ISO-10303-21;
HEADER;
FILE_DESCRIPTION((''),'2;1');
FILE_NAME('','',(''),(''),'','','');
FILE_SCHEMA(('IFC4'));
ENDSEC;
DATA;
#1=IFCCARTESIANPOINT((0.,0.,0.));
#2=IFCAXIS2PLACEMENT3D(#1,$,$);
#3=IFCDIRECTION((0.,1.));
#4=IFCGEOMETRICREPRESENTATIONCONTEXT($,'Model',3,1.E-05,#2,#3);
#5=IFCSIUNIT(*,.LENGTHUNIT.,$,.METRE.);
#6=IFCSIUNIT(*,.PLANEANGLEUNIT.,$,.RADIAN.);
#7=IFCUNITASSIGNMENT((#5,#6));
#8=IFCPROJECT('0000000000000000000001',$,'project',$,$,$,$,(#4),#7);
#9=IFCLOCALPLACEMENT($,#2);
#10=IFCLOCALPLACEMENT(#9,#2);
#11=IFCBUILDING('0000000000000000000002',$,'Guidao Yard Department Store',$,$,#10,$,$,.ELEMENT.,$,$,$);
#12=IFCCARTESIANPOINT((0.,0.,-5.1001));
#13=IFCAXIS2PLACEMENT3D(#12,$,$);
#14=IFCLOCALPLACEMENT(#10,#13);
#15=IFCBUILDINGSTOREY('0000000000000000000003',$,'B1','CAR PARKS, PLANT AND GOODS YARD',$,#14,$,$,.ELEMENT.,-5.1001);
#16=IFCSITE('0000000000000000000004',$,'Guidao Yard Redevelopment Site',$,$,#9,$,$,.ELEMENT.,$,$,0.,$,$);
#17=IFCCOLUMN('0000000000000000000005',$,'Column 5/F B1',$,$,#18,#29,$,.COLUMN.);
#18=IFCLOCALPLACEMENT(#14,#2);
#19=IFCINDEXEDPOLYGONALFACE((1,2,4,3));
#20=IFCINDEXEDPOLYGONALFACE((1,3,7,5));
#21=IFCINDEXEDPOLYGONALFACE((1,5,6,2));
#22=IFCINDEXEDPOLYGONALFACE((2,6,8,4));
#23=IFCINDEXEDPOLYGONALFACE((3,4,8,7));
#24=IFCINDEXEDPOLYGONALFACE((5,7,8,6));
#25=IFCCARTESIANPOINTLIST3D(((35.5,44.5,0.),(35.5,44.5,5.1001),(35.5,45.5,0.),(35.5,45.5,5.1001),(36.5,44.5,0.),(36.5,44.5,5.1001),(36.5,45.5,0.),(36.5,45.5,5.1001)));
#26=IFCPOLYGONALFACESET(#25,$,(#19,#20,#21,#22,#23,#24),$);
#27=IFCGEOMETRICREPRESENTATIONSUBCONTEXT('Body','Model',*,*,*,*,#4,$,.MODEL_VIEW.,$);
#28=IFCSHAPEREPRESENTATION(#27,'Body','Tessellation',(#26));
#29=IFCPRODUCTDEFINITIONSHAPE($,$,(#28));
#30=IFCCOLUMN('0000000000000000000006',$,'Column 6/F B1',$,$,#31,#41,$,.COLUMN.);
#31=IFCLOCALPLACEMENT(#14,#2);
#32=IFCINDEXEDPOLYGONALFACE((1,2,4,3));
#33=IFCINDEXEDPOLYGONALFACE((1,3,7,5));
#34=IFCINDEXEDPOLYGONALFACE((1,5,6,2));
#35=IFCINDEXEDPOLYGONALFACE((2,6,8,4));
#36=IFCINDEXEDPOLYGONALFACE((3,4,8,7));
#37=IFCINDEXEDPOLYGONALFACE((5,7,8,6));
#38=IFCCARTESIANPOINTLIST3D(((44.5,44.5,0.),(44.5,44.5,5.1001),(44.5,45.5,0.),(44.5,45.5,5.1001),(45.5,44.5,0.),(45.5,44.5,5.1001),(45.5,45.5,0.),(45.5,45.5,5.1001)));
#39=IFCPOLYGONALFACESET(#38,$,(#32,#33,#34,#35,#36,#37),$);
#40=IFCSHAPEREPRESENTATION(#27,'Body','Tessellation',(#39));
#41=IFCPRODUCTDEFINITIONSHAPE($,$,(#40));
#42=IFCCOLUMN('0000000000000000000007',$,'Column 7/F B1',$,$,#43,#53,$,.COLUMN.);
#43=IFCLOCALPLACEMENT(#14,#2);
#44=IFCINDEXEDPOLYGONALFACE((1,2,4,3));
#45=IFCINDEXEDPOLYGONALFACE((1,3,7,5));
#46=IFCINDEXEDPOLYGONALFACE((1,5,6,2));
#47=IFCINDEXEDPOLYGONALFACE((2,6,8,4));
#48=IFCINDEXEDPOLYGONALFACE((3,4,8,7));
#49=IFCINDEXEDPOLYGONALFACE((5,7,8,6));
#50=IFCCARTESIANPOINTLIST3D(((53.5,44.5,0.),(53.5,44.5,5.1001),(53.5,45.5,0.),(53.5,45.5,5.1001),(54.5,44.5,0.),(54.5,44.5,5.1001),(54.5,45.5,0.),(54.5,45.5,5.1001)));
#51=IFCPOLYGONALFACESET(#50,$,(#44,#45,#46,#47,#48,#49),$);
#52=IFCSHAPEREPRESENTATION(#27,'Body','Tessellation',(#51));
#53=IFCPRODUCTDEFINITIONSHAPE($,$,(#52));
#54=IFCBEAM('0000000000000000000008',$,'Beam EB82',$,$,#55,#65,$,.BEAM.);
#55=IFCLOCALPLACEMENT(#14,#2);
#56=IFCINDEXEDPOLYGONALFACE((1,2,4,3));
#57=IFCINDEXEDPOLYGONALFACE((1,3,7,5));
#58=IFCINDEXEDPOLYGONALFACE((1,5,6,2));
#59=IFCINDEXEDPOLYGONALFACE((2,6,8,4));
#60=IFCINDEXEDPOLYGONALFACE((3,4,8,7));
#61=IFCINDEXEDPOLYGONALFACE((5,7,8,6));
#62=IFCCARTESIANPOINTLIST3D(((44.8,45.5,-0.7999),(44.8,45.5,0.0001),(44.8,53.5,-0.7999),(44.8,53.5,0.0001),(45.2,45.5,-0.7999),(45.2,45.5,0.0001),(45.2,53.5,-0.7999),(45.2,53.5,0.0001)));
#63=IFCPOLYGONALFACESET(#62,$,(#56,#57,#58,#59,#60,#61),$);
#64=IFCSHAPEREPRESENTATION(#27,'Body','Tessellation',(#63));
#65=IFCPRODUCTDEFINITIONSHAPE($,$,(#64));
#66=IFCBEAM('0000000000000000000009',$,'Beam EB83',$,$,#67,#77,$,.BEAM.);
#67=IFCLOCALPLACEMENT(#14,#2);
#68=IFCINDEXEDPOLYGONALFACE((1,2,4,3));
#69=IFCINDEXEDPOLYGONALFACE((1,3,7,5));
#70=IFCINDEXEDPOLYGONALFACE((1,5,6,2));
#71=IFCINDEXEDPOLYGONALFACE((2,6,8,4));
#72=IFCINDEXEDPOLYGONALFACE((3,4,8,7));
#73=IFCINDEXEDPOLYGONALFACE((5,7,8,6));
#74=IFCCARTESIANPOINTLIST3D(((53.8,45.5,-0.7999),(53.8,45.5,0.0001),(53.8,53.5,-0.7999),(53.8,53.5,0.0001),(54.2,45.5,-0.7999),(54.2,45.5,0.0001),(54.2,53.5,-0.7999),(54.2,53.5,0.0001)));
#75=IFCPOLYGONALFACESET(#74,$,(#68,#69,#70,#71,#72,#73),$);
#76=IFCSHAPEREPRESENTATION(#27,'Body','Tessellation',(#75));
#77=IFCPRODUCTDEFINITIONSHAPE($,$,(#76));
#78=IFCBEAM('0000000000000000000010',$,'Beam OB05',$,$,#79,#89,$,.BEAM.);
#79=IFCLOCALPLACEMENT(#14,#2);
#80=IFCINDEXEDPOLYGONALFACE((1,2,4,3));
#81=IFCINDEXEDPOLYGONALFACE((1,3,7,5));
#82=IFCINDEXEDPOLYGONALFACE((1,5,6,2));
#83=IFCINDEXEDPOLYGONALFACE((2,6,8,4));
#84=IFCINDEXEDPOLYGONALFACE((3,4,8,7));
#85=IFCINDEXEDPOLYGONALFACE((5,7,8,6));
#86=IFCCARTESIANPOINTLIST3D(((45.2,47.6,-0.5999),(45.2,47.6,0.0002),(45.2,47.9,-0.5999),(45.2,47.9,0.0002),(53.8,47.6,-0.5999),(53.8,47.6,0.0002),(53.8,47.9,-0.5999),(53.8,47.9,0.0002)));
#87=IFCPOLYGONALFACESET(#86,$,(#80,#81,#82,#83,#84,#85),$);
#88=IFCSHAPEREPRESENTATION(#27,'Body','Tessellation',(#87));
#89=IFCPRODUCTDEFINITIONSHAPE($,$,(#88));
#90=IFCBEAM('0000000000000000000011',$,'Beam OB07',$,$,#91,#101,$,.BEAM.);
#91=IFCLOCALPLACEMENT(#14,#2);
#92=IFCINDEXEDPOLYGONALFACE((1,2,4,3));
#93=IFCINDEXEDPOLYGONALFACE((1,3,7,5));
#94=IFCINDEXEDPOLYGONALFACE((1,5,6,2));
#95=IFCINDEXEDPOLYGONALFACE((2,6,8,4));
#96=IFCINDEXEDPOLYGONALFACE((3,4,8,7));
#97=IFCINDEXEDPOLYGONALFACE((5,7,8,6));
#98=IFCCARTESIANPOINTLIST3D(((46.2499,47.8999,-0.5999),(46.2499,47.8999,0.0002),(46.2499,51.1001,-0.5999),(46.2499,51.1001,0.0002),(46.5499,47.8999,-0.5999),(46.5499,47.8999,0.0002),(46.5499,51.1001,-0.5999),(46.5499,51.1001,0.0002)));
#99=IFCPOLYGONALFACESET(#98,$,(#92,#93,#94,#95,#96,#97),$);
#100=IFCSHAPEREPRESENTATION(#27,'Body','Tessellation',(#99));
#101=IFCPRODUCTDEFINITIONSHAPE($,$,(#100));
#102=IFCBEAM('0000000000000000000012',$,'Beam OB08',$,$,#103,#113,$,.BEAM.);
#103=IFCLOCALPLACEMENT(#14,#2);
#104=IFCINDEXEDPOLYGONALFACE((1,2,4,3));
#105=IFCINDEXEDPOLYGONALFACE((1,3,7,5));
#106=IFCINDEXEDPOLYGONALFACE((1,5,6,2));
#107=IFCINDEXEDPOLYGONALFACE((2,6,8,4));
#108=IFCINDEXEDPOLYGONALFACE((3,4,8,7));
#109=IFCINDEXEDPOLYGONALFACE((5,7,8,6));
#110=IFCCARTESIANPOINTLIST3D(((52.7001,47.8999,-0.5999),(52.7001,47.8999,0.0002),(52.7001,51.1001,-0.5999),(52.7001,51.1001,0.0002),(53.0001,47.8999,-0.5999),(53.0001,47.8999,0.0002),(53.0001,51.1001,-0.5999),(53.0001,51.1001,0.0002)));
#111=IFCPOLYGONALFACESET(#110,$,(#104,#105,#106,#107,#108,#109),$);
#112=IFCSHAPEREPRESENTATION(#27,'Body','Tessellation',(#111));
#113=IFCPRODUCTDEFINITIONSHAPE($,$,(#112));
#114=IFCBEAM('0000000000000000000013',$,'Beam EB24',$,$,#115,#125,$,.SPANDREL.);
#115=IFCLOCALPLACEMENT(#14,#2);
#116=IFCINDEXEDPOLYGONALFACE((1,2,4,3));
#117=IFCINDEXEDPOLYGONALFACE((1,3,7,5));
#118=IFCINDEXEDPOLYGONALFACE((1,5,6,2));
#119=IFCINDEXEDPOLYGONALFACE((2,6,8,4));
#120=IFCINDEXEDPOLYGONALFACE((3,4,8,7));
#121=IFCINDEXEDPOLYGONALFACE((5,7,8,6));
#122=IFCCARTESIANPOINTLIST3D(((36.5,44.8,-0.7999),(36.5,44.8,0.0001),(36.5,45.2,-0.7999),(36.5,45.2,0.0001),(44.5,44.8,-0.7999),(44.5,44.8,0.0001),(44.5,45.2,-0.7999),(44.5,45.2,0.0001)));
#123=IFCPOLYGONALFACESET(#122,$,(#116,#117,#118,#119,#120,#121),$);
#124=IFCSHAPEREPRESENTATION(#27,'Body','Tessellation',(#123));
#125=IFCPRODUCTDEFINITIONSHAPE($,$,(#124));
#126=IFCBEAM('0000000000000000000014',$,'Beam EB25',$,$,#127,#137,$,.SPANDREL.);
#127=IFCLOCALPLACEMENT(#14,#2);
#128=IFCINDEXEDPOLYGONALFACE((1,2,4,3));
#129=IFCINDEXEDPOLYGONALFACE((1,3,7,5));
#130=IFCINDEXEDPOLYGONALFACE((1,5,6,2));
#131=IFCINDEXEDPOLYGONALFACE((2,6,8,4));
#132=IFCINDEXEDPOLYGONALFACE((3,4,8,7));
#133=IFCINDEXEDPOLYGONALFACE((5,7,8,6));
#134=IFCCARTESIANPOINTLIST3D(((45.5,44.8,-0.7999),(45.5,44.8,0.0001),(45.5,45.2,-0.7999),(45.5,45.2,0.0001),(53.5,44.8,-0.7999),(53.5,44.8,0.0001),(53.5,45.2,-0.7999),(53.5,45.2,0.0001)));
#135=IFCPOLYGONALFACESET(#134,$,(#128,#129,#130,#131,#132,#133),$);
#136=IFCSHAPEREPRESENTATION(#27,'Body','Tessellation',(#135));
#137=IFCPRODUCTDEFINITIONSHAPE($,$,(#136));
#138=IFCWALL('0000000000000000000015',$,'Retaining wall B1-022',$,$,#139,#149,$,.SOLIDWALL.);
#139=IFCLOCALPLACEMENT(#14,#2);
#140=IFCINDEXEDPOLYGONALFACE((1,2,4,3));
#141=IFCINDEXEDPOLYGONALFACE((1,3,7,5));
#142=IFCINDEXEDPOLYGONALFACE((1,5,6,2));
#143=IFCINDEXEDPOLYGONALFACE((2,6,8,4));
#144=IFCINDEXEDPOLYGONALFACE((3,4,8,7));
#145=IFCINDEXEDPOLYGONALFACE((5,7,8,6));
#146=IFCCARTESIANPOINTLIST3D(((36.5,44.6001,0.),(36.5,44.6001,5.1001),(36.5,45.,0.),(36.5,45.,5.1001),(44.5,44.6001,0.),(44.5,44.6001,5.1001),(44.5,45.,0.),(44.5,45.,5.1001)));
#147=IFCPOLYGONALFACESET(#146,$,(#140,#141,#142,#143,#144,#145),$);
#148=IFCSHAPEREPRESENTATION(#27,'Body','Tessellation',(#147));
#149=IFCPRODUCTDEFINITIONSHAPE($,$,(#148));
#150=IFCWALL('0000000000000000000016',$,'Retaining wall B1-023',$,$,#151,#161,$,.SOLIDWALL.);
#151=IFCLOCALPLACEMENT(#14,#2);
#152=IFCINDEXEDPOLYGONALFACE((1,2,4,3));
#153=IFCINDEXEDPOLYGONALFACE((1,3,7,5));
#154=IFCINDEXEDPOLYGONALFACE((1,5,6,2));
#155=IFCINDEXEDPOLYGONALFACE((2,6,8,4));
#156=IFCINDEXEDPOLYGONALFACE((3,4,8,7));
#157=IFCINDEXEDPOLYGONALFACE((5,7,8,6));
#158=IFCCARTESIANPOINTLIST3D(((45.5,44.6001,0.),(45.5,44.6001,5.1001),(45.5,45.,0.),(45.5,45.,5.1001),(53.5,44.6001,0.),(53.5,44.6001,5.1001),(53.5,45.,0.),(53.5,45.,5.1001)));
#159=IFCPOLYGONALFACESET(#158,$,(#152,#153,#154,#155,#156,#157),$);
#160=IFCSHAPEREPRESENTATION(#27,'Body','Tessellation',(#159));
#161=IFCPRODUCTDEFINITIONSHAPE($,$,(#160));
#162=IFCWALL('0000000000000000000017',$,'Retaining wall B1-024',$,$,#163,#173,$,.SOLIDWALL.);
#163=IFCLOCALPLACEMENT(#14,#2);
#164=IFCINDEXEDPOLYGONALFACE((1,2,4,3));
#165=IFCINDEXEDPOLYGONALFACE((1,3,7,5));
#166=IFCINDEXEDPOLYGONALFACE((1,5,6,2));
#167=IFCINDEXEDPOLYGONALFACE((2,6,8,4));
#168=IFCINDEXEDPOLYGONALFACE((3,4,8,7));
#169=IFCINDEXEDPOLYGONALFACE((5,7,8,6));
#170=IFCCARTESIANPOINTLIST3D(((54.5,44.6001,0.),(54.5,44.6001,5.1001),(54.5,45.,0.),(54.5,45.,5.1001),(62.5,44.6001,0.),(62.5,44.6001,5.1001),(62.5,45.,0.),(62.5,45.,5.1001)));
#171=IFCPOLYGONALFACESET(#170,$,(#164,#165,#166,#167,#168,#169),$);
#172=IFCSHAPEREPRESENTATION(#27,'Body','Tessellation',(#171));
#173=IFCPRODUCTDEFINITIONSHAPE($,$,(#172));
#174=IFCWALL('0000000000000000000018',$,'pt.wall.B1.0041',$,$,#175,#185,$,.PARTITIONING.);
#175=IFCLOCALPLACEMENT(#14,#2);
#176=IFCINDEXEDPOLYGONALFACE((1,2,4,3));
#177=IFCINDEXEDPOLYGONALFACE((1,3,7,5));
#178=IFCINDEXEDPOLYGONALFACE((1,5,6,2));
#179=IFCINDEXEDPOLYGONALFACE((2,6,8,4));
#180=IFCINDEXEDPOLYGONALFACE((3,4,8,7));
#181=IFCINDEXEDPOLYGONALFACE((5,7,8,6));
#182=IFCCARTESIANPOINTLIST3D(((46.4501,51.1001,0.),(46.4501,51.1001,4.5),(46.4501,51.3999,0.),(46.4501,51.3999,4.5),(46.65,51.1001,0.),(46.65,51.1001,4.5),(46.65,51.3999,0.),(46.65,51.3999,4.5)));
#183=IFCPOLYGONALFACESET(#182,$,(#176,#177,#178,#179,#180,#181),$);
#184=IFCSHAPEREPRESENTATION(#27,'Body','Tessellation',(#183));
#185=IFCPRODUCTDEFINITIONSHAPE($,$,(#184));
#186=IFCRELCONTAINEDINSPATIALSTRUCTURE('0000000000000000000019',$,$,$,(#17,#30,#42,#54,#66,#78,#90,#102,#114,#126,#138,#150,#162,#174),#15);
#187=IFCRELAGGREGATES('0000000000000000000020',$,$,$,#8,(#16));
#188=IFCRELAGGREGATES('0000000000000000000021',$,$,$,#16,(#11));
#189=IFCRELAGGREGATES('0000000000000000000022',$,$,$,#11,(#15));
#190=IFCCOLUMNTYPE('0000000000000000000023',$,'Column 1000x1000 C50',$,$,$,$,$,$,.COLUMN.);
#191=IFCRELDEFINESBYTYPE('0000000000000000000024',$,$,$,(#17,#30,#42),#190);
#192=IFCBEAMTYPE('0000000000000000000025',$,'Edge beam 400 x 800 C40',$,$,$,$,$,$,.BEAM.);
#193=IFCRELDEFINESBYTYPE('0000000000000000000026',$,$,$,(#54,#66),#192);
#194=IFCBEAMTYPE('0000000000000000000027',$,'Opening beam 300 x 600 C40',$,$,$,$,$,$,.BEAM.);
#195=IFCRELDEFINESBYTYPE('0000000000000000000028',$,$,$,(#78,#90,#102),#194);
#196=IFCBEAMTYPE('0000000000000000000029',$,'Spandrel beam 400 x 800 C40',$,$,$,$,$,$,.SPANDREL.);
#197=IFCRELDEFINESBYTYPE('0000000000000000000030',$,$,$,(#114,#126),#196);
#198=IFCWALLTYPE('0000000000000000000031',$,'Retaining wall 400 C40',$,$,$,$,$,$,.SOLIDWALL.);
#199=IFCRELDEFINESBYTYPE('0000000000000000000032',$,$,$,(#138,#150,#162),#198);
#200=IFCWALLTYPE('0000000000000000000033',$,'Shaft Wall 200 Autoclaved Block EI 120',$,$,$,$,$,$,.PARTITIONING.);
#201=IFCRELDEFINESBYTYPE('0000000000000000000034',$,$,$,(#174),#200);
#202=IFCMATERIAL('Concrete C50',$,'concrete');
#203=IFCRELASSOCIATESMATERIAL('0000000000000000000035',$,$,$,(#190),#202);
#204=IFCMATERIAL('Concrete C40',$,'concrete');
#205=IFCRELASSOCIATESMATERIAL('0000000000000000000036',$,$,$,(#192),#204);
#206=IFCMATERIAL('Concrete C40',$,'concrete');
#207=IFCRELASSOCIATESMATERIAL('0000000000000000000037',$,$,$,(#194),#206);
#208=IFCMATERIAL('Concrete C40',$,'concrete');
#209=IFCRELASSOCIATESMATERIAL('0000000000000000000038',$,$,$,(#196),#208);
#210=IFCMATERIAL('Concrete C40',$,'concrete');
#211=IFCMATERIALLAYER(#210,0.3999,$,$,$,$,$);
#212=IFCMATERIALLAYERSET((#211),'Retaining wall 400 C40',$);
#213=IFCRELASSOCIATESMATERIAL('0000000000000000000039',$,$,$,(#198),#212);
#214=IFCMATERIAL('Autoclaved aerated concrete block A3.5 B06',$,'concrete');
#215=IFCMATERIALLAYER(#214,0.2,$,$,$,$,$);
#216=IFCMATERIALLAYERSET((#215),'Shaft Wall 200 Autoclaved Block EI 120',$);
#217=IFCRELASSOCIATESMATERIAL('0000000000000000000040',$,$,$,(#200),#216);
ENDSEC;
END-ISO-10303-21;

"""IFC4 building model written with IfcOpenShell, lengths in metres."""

from ifc_helpers import new_model, si_unit, direction, frame, frame_2d, origin, origin_2d, place, context, subcontext, project, spatial, rectangle, extrude, material, layer, layer_set, material_profile, profile_set, type_object, element, save


model = new_model("IFC4")

# Units and contexts
model_context = context("Model", 3, precision=1e-05, world=origin(), true_north=direction((0.0, 1.0)))
body_context = subcontext(model_context, "Body", "Model", "MODEL_VIEW")
ifc_project = project(units=[si_unit("LENGTHUNIT", "METRE"), si_unit("PLANEANGLEUNIT", "RADIAN")], contexts=[model_context])

# Site, building, storey
site_placement = place(None, origin())
site = spatial("IfcSite", under=ifc_project, at=site_placement, Name="Guidao Yard Redevelopment Site", CompositionType="ELEMENT", RefElevation=0.0)
building_placement = place(site_placement, origin())
building = spatial("IfcBuilding", under=site, at=building_placement, Name="Guidao Yard Department Store", CompositionType="ELEMENT")
storey_placement = place(building_placement, frame((0.0, 0.0, -5.1001)))
storey = spatial("IfcBuildingStorey", under=building, at=storey_placement, Name="B1", Description="CAR PARKS, PLANT AND GOODS YARD", CompositionType="ELEMENT", Elevation=-5.1001)

# Columns
ifc_material_1 = material(Name="Concrete C50", Category="concrete")
ifc_material_profile_1 = material_profile(ifc_material_1, rectangle(XDim=1.0, YDim=1.0, at=origin_2d()), Name="COL 1000x1000")
ifc_profile_set_1 = profile_set([ifc_material_profile_1], Name="Concrete C50")
column_type = type_object("IfcColumnType", Name="Column 1000x1000 C50", PredefinedType="COLUMN", material=ifc_profile_set_1)
for number, where, z_axis, x_axis, name in (
    (1, (36.0, 45.0, 0.0), (0.0, 0.0, 1.0), (1.0, 0.0, 0.0), "Column 5/F B1"),
    (2, (45.0, 45.0, 0.0), (0.0, 0.0, 1.0), (1.0, 0.0, 0.0), "Column 6/F B1"),
    (3, (54.0, 45.0, 0.0), (0.0, 0.0, 1.0), (1.0, 0.0, 0.0), "Column 7/F B1"),
):
    element("IfcColumn", number, at=place(storey_placement, frame(where, z_axis=z_axis, x_axis=x_axis)), inside=storey, type_object=column_type, Name=name, PredefinedType="COLUMN", context=body_context, shape_type="SweptSolid", body=[
        extrude(rectangle(XDim=1.0, YDim=1.0, at=origin_2d()), origin(), (0.0, 0.0, 1.0), 5.1001),
    ])

# Beams
ifc_material_2 = material(Name="Concrete C40", Category="concrete")
ifc_material_profile_2 = material_profile(ifc_material_2, rectangle(XDim=0.3999, YDim=0.8, at=origin_2d()), Name="Edge beam 400 x 800 C40")
ifc_profile_set_2 = profile_set([ifc_material_profile_2], Name="Concrete C40")
beam_type_1 = type_object("IfcBeamType", Name="Edge beam 400 x 800 C40", PredefinedType="BEAM", material=ifc_profile_set_2)
for number, where, z_axis, x_axis, name in (
    (4, (45.0, 45.5, -0.3999), (0.0, 1.0, 0.0), (-1.0, 0.0, 0.0), "Beam EB82"),
    (5, (54.0, 45.5, -0.3999), (0.0, 1.0, 0.0), (-1.0, 0.0, 0.0), "Beam EB83"),
):
    element("IfcBeam", number, at=place(storey_placement, frame(where, z_axis=z_axis, x_axis=x_axis)), inside=storey, type_object=beam_type_1, Name=name, PredefinedType="BEAM", context=body_context, shape_type="SweptSolid", body=[
        extrude(rectangle(XDim=0.3999, YDim=0.8, at=origin_2d()), origin(), (0.0, 0.0, 1.0), 8.0),
    ])
ifc_material_3 = material(Name="Concrete C40", Category="concrete")
ifc_material_profile_3 = material_profile(ifc_material_3, rectangle(XDim=0.3, YDim=0.6001, at=origin_2d()), Name="Opening beam 300 x 600 C40")
ifc_profile_set_3 = profile_set([ifc_material_profile_3], Name="Concrete C40")
beam_type_2 = type_object("IfcBeamType", Name="Opening beam 300 x 600 C40", PredefinedType="BEAM", material=ifc_profile_set_3)
beam_placement = place(storey_placement, frame((45.2, 47.75, -0.2998), z_axis=(1.0, 0.0, 0.0), x_axis=(0.0, 1.0, 0.0)))
element("IfcBeam", 6, at=beam_placement, inside=storey, type_object=beam_type_2, Name="Beam OB05", PredefinedType="BEAM", context=body_context, shape_type="SweptSolid", body=[
    extrude(rectangle(XDim=0.3, YDim=0.6001, at=origin_2d()), origin(), (0.0, 0.0, 1.0), 8.6001),
])
for number, where, z_axis, x_axis, name in (
    (7, (46.3999, 47.8999, -0.2998), (0.0, 1.0, 0.0), (-1.0, 0.0, 0.0), "Beam OB07"),
    (8, (52.8501, 47.8999, -0.2998), (0.0, 1.0, 0.0), (-1.0, 0.0, 0.0), "Beam OB08"),
):
    element("IfcBeam", number, at=place(storey_placement, frame(where, z_axis=z_axis, x_axis=x_axis)), inside=storey, type_object=beam_type_2, Name=name, PredefinedType="BEAM", context=body_context, shape_type="SweptSolid", body=[
        extrude(rectangle(XDim=0.3, YDim=0.6001, at=origin_2d()), origin(), (0.0, 0.0, 1.0), 3.2002),
    ])
ifc_material_4 = material(Name="Concrete C40", Category="concrete")
ifc_material_profile_4 = material_profile(ifc_material_4, rectangle(XDim=0.3999, YDim=0.8, at=origin_2d()), Name="Spandrel beam 400 x 800 C40")
ifc_profile_set_4 = profile_set([ifc_material_profile_4], Name="Concrete C40")
beam_type_3 = type_object("IfcBeamType", Name="Spandrel beam 400 x 800 C40", PredefinedType="SPANDREL", material=ifc_profile_set_4)
for number, where, z_axis, x_axis, name in (
    (9, (36.5, 45.0, -0.3999), (1.0, 0.0, 0.0), (0.0, 1.0, 0.0), "Beam EB24"),
    (10, (45.5, 45.0, -0.3999), (1.0, 0.0, 0.0), (0.0, 1.0, 0.0), "Beam EB25"),
):
    element("IfcBeam", number, at=place(storey_placement, frame(where, z_axis=z_axis, x_axis=x_axis)), inside=storey, type_object=beam_type_3, Name=name, PredefinedType="SPANDREL", context=body_context, shape_type="SweptSolid", body=[
        extrude(rectangle(XDim=0.3999, YDim=0.8, at=origin_2d()), origin(), (0.0, 0.0, 1.0), 8.0),
    ])

# Walls
ifc_material_5 = material(Name="Concrete C40", Category="concrete")
ifc_layer_1 = layer(ifc_material_5, 0.3999)
ifc_layer_set_1 = layer_set([ifc_layer_1], Name="Retaining wall 400 C40")
wall_type_1 = type_object("IfcWallType", Name="Retaining wall 400 C40", PredefinedType="SOLIDWALL", material=ifc_layer_set_1)
for number, where, z_axis, x_axis, name in (
    (11, (36.5, 44.8, 0.0), (0.0, 0.0, 1.0), (1.0, 0.0, 0.0), "Retaining wall B1-022"),
    (12, (45.5, 44.8, 0.0), (0.0, 0.0, 1.0), (1.0, 0.0, 0.0), "Retaining wall B1-023"),
    (13, (54.5, 44.8, 0.0), (0.0, 0.0, 1.0), (1.0, 0.0, 0.0), "Retaining wall B1-024"),
):
    element("IfcWall", number, at=place(storey_placement, frame(where, z_axis=z_axis, x_axis=x_axis)), inside=storey, type_object=wall_type_1, Name=name, PredefinedType="SOLIDWALL", context=body_context, shape_type="SweptSolid", body=[
        extrude(rectangle(XDim=8.0, YDim=0.3999, at=frame_2d((4.0, 0.0))), origin(), (0.0, 0.0, 1.0), 5.1001),
    ])
ifc_material_6 = material(Name="Autoclaved aerated concrete block A3.5 B06", Category="concrete")
ifc_layer_2 = layer(ifc_material_6, 0.2)
ifc_layer_set_2 = layer_set([ifc_layer_2], Name="Shaft Wall 200 Autoclaved Block EI 120")
wall_type_2 = type_object("IfcWallType", Name="Shaft Wall 200 Autoclaved Block EI 120", PredefinedType="PARTITIONING", material=ifc_layer_set_2)
wall_1_placement = place(storey_placement, frame((46.55, 51.1001, 0.0), z_axis=(0.0, 0.0, 1.0), x_axis=(0.0, 1.0, 0.0)))
element("IfcWall", 14, at=wall_1_placement, inside=storey, type_object=wall_type_2, Name="pt.wall.B1.0041", PredefinedType="PARTITIONING", context=body_context, shape_type="SweptSolid", body=[
    extrude(rectangle(XDim=0.2998, YDim=0.2, at=frame_2d((0.1499, 0.0))), origin(), (0.0, 0.0, 1.0), 4.5),
])

save(model, "model.ifc")
